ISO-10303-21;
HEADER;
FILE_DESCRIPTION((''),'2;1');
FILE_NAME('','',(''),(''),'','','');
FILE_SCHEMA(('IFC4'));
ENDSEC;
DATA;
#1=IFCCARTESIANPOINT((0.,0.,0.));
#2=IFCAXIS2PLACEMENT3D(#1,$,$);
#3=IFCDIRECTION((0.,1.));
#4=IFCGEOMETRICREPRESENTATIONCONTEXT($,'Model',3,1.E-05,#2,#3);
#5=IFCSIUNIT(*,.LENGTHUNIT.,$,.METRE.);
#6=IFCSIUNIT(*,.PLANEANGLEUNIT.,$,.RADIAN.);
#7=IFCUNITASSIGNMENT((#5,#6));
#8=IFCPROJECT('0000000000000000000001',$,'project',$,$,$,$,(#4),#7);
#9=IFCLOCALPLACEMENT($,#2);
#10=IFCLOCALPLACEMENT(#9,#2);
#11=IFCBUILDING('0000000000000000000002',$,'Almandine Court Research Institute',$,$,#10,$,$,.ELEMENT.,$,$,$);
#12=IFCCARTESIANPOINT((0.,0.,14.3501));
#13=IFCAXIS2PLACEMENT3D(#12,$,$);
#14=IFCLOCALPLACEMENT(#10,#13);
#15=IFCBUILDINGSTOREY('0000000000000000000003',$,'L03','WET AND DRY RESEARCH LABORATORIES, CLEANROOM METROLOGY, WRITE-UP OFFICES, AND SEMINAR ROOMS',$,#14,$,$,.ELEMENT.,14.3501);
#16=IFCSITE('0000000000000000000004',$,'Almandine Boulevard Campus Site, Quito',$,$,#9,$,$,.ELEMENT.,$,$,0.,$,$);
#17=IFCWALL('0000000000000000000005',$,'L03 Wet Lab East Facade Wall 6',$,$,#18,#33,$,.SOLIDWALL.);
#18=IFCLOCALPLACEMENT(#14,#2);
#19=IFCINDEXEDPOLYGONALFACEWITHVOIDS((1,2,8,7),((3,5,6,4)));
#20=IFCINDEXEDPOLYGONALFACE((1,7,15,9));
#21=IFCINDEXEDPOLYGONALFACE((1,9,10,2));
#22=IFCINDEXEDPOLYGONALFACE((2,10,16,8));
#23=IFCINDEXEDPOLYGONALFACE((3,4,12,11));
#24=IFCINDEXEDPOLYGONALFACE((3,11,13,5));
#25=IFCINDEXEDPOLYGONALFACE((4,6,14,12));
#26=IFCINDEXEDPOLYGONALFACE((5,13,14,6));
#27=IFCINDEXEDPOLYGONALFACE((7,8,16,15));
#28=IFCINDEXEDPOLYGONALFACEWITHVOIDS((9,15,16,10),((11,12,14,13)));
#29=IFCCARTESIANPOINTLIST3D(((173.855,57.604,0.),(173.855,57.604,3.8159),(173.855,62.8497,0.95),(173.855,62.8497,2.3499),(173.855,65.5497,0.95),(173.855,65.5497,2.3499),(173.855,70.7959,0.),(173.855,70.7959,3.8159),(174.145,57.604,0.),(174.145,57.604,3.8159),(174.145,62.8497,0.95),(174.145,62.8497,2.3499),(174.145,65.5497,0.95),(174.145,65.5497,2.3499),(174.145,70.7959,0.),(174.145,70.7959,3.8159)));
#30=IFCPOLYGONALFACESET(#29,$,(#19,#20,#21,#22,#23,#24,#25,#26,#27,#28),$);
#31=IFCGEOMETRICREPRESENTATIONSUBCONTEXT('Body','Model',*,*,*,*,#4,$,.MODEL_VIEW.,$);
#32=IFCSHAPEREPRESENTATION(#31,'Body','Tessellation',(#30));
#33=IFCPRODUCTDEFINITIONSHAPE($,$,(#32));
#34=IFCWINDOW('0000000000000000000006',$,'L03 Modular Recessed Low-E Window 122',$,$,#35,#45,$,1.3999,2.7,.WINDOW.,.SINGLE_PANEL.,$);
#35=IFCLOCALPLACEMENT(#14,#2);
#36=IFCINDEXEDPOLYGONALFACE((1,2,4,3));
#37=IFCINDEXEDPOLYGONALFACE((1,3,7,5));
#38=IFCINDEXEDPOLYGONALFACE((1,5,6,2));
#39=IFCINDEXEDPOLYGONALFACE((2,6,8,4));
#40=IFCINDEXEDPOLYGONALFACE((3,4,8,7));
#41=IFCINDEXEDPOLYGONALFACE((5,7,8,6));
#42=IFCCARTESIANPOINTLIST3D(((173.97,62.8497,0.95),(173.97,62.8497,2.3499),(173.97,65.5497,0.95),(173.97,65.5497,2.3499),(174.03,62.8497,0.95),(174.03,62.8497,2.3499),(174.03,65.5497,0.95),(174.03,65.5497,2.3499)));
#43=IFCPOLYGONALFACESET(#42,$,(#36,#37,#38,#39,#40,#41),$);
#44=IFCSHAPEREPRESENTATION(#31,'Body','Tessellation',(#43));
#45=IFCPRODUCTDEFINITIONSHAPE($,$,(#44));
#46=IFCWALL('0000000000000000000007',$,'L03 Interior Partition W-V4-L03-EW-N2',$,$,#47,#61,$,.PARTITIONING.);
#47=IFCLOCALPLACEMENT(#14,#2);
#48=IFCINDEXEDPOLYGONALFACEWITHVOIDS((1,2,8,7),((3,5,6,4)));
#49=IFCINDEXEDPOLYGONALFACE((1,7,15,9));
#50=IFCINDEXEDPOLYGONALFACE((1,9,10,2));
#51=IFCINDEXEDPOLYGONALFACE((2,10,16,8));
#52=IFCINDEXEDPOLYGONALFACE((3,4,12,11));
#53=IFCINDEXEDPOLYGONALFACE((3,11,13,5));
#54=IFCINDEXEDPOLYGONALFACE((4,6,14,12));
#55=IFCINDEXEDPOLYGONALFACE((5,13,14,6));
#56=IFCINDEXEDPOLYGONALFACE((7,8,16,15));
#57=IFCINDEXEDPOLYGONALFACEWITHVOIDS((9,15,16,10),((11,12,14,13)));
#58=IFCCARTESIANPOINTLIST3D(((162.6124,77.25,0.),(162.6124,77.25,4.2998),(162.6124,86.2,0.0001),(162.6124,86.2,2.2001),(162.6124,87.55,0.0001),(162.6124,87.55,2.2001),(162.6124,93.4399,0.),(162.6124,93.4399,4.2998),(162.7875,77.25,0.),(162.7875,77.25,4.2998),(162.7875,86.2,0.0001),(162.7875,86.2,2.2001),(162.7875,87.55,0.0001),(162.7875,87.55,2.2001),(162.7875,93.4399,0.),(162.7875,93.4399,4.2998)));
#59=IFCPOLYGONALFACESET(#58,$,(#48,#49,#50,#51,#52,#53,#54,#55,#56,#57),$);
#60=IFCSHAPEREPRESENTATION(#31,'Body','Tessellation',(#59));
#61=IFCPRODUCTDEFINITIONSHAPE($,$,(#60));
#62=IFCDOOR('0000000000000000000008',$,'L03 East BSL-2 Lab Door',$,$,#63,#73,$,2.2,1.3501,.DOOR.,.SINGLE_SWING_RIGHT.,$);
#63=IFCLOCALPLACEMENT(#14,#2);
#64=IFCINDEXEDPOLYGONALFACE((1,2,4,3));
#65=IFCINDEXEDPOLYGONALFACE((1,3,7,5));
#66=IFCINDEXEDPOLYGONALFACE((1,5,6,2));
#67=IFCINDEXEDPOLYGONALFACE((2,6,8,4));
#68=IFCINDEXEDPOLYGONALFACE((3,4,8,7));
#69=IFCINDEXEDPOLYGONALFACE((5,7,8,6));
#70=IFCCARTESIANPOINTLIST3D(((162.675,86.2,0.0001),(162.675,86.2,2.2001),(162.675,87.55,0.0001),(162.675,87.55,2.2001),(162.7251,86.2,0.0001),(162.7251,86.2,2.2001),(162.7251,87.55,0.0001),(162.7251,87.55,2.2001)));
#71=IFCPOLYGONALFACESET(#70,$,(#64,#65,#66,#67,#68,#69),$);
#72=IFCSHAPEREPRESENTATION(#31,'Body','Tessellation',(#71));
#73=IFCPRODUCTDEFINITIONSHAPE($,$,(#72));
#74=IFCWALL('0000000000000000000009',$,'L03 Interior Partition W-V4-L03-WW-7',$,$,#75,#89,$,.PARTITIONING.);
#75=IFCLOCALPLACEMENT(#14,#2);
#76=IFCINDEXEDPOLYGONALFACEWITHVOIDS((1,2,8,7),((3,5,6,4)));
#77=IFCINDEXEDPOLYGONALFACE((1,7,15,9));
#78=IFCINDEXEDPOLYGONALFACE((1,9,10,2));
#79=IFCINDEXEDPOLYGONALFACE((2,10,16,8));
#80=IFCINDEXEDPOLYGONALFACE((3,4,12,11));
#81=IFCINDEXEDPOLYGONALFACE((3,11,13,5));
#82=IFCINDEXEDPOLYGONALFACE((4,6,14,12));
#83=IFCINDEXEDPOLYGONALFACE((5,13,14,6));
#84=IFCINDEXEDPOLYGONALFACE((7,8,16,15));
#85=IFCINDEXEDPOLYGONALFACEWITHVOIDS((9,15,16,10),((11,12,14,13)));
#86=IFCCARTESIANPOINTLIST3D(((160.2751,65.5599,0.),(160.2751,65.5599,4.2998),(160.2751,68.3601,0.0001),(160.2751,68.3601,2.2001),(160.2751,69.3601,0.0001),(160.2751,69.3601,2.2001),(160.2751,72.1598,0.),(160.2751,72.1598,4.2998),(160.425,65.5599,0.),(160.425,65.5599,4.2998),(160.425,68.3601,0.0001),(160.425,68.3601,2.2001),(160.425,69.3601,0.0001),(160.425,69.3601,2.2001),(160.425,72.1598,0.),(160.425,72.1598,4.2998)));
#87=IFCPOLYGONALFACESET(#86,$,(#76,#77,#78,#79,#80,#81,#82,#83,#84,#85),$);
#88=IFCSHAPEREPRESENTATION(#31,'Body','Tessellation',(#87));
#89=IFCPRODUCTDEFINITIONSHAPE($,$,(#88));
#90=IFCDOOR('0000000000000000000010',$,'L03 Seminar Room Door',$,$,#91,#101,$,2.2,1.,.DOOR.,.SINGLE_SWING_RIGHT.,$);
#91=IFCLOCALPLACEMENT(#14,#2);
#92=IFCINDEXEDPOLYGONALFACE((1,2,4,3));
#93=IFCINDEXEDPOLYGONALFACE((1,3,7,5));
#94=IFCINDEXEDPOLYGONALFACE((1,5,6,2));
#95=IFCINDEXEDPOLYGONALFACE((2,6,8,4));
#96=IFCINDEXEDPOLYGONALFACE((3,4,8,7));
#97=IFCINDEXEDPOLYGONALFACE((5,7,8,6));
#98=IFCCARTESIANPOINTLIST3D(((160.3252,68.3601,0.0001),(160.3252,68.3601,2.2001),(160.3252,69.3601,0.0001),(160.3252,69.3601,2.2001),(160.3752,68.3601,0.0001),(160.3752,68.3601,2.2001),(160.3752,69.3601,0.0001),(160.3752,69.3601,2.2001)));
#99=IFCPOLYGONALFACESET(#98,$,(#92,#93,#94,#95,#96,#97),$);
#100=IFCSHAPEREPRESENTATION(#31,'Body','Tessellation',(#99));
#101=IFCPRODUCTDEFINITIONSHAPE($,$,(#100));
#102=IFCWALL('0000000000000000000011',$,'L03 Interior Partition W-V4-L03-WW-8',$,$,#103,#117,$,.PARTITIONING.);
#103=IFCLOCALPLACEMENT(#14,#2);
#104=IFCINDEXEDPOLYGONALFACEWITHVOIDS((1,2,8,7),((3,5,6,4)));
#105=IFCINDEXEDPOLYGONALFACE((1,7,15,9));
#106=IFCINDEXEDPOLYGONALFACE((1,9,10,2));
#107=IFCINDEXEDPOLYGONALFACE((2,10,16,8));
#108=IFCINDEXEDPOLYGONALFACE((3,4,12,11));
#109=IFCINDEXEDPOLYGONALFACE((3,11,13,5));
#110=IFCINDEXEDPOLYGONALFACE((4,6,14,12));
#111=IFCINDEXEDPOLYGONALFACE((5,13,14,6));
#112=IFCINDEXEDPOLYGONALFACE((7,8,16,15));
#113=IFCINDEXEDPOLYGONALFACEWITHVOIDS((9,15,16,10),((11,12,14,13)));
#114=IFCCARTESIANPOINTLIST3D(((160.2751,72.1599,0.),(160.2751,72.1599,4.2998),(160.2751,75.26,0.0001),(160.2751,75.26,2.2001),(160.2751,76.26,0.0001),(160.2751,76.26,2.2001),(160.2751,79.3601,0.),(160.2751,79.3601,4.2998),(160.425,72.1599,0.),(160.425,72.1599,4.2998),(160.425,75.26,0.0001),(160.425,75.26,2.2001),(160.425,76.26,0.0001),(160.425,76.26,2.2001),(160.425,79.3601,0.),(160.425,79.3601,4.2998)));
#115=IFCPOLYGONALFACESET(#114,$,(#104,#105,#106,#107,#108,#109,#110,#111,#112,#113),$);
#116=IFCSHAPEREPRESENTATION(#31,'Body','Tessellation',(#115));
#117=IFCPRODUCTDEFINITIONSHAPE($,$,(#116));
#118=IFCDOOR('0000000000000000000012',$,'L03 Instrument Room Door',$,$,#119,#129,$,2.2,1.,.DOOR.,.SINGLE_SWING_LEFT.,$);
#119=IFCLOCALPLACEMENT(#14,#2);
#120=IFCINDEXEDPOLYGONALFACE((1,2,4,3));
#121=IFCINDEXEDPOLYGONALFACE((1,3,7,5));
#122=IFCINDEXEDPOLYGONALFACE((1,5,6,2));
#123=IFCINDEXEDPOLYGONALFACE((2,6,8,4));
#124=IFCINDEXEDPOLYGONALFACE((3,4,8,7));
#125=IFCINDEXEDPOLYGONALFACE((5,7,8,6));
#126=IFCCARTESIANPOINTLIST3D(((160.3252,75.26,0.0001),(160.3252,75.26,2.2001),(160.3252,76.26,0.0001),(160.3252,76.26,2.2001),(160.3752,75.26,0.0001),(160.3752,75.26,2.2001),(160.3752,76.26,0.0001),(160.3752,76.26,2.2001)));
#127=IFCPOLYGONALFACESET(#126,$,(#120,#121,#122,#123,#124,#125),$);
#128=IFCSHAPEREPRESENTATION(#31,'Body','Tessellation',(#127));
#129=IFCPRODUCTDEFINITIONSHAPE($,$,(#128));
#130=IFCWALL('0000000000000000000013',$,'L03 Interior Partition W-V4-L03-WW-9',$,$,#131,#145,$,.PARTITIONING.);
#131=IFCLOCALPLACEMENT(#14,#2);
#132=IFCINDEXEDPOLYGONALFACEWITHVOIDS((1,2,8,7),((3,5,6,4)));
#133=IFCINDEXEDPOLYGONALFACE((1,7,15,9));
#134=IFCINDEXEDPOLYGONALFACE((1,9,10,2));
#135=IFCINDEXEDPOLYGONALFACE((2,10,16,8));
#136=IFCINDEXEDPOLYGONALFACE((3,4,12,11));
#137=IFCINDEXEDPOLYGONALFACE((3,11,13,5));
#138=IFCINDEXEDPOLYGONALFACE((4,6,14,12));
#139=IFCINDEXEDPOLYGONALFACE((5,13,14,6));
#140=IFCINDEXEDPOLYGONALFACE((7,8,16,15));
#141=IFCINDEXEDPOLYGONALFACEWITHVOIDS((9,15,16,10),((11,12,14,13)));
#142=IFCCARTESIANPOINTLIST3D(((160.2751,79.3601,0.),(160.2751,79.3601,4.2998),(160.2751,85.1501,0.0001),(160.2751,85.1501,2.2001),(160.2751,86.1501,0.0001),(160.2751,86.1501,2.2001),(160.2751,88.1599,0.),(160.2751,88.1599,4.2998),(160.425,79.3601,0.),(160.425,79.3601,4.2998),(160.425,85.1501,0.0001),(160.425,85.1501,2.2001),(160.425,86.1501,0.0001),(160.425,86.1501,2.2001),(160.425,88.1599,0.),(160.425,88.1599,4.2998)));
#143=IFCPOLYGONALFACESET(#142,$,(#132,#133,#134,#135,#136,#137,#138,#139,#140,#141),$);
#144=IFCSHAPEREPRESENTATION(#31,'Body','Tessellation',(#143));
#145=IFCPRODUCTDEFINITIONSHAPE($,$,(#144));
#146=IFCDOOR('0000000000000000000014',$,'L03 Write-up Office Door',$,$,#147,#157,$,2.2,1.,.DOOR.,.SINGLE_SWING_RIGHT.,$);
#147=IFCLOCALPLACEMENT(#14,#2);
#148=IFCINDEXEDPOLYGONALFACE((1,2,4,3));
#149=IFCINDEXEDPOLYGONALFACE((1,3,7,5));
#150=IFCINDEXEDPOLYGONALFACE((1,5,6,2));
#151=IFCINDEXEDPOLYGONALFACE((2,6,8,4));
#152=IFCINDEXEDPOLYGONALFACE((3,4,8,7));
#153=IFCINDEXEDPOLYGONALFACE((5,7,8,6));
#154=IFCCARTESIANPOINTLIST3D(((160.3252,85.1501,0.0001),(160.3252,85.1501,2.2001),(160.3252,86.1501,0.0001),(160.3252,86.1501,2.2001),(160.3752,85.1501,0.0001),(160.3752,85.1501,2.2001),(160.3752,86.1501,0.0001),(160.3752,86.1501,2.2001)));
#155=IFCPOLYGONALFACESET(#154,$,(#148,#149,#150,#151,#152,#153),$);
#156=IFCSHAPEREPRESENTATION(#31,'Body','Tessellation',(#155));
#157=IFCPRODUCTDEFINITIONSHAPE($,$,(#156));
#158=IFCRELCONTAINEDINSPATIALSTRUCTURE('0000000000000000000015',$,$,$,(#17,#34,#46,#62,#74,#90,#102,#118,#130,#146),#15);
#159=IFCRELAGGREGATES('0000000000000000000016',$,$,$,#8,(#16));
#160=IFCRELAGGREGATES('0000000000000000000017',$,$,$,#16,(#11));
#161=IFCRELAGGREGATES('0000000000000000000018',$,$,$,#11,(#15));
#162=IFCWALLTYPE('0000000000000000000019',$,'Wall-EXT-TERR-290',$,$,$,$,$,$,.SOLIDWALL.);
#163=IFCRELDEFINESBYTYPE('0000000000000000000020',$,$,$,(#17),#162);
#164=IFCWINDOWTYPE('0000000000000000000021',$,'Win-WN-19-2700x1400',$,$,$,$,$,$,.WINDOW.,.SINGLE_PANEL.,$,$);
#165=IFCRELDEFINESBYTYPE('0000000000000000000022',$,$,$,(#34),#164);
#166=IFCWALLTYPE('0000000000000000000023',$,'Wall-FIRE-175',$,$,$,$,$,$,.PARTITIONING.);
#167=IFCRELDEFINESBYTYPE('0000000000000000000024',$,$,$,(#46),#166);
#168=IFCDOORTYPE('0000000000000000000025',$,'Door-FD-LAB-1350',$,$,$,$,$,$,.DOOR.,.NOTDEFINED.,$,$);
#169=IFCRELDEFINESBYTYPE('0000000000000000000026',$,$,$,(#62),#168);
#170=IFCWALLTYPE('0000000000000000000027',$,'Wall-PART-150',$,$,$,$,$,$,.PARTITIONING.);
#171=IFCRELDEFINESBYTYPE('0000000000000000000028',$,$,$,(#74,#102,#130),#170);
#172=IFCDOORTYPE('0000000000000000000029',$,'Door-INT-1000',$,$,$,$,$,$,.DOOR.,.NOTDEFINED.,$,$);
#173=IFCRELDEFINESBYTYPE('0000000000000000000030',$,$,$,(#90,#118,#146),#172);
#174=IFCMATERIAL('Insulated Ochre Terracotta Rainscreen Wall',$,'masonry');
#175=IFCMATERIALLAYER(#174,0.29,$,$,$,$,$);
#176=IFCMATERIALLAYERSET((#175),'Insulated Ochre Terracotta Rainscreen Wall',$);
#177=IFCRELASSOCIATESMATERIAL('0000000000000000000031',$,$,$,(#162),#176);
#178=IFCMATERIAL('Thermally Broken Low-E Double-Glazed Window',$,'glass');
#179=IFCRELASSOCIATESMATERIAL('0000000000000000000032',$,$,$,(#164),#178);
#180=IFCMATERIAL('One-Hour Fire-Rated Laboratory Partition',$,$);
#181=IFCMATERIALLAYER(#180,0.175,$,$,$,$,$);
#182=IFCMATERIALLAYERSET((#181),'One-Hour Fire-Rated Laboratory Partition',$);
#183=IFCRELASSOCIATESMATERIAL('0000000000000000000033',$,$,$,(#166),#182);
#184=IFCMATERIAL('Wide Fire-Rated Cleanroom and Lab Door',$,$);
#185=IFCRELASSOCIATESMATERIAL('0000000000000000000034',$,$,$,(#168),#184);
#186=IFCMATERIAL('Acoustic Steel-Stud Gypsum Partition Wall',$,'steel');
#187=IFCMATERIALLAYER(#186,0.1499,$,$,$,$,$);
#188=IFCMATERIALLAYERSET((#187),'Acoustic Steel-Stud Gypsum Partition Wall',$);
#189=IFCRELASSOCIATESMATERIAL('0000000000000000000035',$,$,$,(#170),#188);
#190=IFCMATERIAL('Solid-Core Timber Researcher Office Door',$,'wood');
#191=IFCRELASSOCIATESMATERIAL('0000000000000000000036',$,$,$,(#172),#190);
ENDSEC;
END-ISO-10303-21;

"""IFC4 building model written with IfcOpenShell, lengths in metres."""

from ifc_helpers import new_model, si_unit, direction, frame, frame_2d, origin, place, context, subcontext, project, spatial, rectangle, extrude, material, layer, layer_set, type_object, element, fill, save


model = new_model("IFC4")

# Units and contexts
model_context = context("Model", 3, precision=1e-05, world=origin(), true_north=direction((0.0, 1.0)))
body_context = subcontext(model_context, "Body", "Model", "MODEL_VIEW")
ifc_project = project(units=[si_unit("LENGTHUNIT", "METRE"), si_unit("PLANEANGLEUNIT", "RADIAN")], contexts=[model_context])

# Site, building, storey
site_placement = place(None, origin())
site = spatial("IfcSite", under=ifc_project, at=site_placement, Name="Almandine Boulevard Campus Site, Quito", CompositionType="ELEMENT", RefElevation=0.0)
building_placement = place(site_placement, origin())
building = spatial("IfcBuilding", under=site, at=building_placement, Name="Almandine Court Research Institute", CompositionType="ELEMENT")
storey_placement = place(building_placement, frame((0.0, 0.0, 14.3501)))
storey = spatial("IfcBuildingStorey", under=building, at=storey_placement, Name="L03", Description="WET AND DRY RESEARCH LABORATORIES, CLEANROOM METROLOGY, WRITE-UP OFFICES, AND SEMINAR ROOMS", CompositionType="ELEMENT", Elevation=14.3501)

# Wall, opening, window
ifc_material_1 = material(Name="Insulated Ochre Terracotta Rainscreen Wall", Category="masonry")
ifc_layer_1 = layer(ifc_material_1, 0.29)
ifc_layer_set_1 = layer_set([ifc_layer_1], Name="Insulated Ochre Terracotta Rainscreen Wall")
wall_type_1 = type_object("IfcWallType", Name="Wall-EXT-TERR-290", PredefinedType="SOLIDWALL", material=ifc_layer_set_1)
wall_1_placement = place(storey_placement, frame((174.0, 70.7959, 0.0), z_axis=(0.0, 0.0, 1.0), x_axis=(0.0, -1.0, 0.0)))
wall_1 = element("IfcWall", 1, at=wall_1_placement, inside=storey, type_object=wall_type_1, Name="L03 Wet Lab East Facade Wall 6", PredefinedType="SOLIDWALL", context=body_context, shape_type="SweptSolid", body=[
    extrude(rectangle(XDim=13.1919, YDim=0.29, at=frame_2d((6.5959, 0.0))), origin(), (0.0, 0.0, 1.0), 3.8159),
])
opening_1_placement = place(wall_1_placement, frame((5.2461, 0.0, 0.95)))
opening_1 = element("IfcOpeningElement", 2, at=opening_1_placement, cuts=wall_1, PredefinedType="OPENING", context=body_context, shape_type="SweptSolid", body=[
    extrude(rectangle(XDim=2.7, YDim=1.3999, at=frame_2d((1.3501, 0.7))), frame((0.0, 0.155, 0.0), z_axis=(0.0, -1.0, 0.0), x_axis=(1.0, 0.0, 0.0)), (0.0, 0.0, 1.0), 0.3101),
])
ifc_material_2 = material(Name="Thermally Broken Low-E Double-Glazed Window", Category="glass")
window_type = type_object("IfcWindowType", Name="Win-WN-19-2700x1400", PartitioningType="SINGLE_PANEL", PredefinedType="WINDOW", material=ifc_material_2)
window_placement = place(opening_1_placement, origin())
window = element("IfcWindow", 3, at=window_placement, inside=storey, type_object=window_type, Name="L03 Modular Recessed Low-E Window 122", OverallHeight=1.3999, OverallWidth=2.7, PartitioningType="SINGLE_PANEL", PredefinedType="WINDOW", context=body_context, shape_type="SweptSolid", body=[
    extrude(rectangle(XDim=2.7, YDim=1.3999, at=frame_2d((1.3501, 0.7))), frame((0.0, 0.03, 0.0), z_axis=(0.0, -1.0, 0.0), x_axis=(1.0, 0.0, 0.0)), (0.0, 0.0, 1.0), 0.0601),
])
fill(opening_1, window)

# Walls, openings, doors
ifc_material_3 = material(Name="One-Hour Fire-Rated Laboratory Partition")
ifc_layer_2 = layer(ifc_material_3, 0.175)
ifc_layer_set_2 = layer_set([ifc_layer_2], Name="One-Hour Fire-Rated Laboratory Partition")
wall_type_2 = type_object("IfcWallType", Name="Wall-FIRE-175", PredefinedType="PARTITIONING", material=ifc_layer_set_2)
wall_2_placement = place(storey_placement, frame((162.7, 77.25, 0.0), z_axis=(0.0, 0.0, 1.0), x_axis=(0.0, 1.0, 0.0)))
wall_2 = element("IfcWall", 4, at=wall_2_placement, inside=storey, type_object=wall_type_2, Name="L03 Interior Partition W-V4-L03-EW-N2", PredefinedType="PARTITIONING", context=body_context, shape_type="SweptSolid", body=[
    extrude(rectangle(XDim=16.1899, YDim=0.175, at=frame_2d((8.095, 0.0))), origin(), (0.0, 0.0, 1.0), 4.2998),
])
opening_2_placement = place(wall_2_placement, frame((8.95, 0.0, 0.0)))
opening_2 = element("IfcOpeningElement", 5, at=opening_2_placement, cuts=wall_2, PredefinedType="OPENING", context=body_context, shape_type="SweptSolid", body=[
    extrude(rectangle(XDim=1.3501, YDim=2.2, at=frame_2d((0.675, 1.1001))), frame((0.0, 0.0974, 0.0), z_axis=(0.0, -1.0, 0.0), x_axis=(1.0, 0.0, 0.0)), (0.0, 0.0, 1.0), 0.1951),
])
ifc_material_4 = material(Name="Wide Fire-Rated Cleanroom and Lab Door")
door_type_1 = type_object("IfcDoorType", Name="Door-FD-LAB-1350", OperationType="NOTDEFINED", PredefinedType="DOOR", material=ifc_material_4)
door_1_placement = place(opening_2_placement, origin())
door_1 = element("IfcDoor", 6, at=door_1_placement, inside=storey, type_object=door_type_1, Name="L03 East BSL-2 Lab Door", OperationType="SINGLE_SWING_RIGHT", OverallHeight=2.2, OverallWidth=1.3501, PredefinedType="DOOR", context=body_context, shape_type="SweptSolid", body=[
    extrude(rectangle(XDim=1.3501, YDim=2.2, at=frame_2d((0.675, 1.1001))), frame((0.0, 0.0249, 0.0), z_axis=(0.0, -1.0, 0.0), x_axis=(1.0, 0.0, 0.0)), (0.0, 0.0, 1.0), 0.05),
])
fill(opening_2, door_1)
ifc_material_5 = material(Name="Acoustic Steel-Stud Gypsum Partition Wall", Category="steel")
ifc_layer_3 = layer(ifc_material_5, 0.1499)
ifc_layer_set_3 = layer_set([ifc_layer_3], Name="Acoustic Steel-Stud Gypsum Partition Wall")
wall_type_3 = type_object("IfcWallType", Name="Wall-PART-150", PredefinedType="PARTITIONING", material=ifc_layer_set_3)
wall_3_placement = place(storey_placement, frame((160.3501, 65.5601, 0.0), z_axis=(0.0, 0.0, 1.0), x_axis=(0.0, 1.0, 0.0)))
wall_3 = element("IfcWall", 7, at=wall_3_placement, inside=storey, type_object=wall_type_3, Name="L03 Interior Partition W-V4-L03-WW-7", PredefinedType="PARTITIONING", context=body_context, shape_type="SweptSolid", body=[
    extrude(rectangle(XDim=6.5999, YDim=0.1499, at=frame_2d((3.2998, 0.0))), origin(), (0.0, 0.0, 1.0), 4.2998),
])
opening_3_placement = place(wall_3_placement, frame((2.8, 0.0, 0.0)))
opening_3 = element("IfcOpeningElement", 8, at=opening_3_placement, cuts=wall_3, PredefinedType="OPENING", context=body_context, shape_type="SweptSolid", body=[
    extrude(rectangle(XDim=1.0, YDim=2.2, at=frame_2d((0.5, 1.1001))), frame((0.0, 0.085, 0.0), z_axis=(0.0, -1.0, 0.0), x_axis=(1.0, 0.0, 0.0)), (0.0, 0.0, 1.0), 0.1699),
])
ifc_material_6 = material(Name="Solid-Core Timber Researcher Office Door", Category="wood")
door_type_2 = type_object("IfcDoorType", Name="Door-INT-1000", OperationType="NOTDEFINED", PredefinedType="DOOR", material=ifc_material_6)
door_2_placement = place(opening_3_placement, origin())
door_2 = element("IfcDoor", 9, at=door_2_placement, inside=storey, type_object=door_type_2, Name="L03 Seminar Room Door", OperationType="SINGLE_SWING_RIGHT", OverallHeight=2.2, OverallWidth=1.0, PredefinedType="DOOR", context=body_context, shape_type="SweptSolid", body=[
    extrude(rectangle(XDim=1.0, YDim=2.2, at=frame_2d((0.5, 1.1001))), frame((0.0, 0.0249, 0.0), z_axis=(0.0, -1.0, 0.0), x_axis=(1.0, 0.0, 0.0)), (0.0, 0.0, 1.0), 0.05),
])
fill(opening_3, door_2)
wall_4_placement = place(storey_placement, frame((160.3501, 72.1599, 0.0), z_axis=(0.0, 0.0, 1.0), x_axis=(0.0, 1.0, 0.0)))
wall_4 = element("IfcWall", 10, at=wall_4_placement, inside=storey, type_object=wall_type_3, Name="L03 Interior Partition W-V4-L03-WW-8", PredefinedType="PARTITIONING", context=body_context, shape_type="SweptSolid", body=[
    extrude(rectangle(XDim=7.2002, YDim=0.1499, at=frame_2d((3.6001, 0.0))), origin(), (0.0, 0.0, 1.0), 4.2998),
])
opening_4_placement = place(wall_4_placement, frame((3.1001, 0.0, 0.0)))
opening_4 = element("IfcOpeningElement", 11, at=opening_4_placement, cuts=wall_4, PredefinedType="OPENING", context=body_context, shape_type="SweptSolid", body=[
    extrude(rectangle(XDim=1.0, YDim=2.2, at=frame_2d((0.5, 1.1001))), frame((0.0, 0.085, 0.0), z_axis=(0.0, -1.0, 0.0), x_axis=(1.0, 0.0, 0.0)), (0.0, 0.0, 1.0), 0.1699),
])
door_3_placement = place(opening_4_placement, origin())
door_3 = element("IfcDoor", 12, at=door_3_placement, inside=storey, type_object=door_type_2, Name="L03 Instrument Room Door", OperationType="SINGLE_SWING_LEFT", OverallHeight=2.2, OverallWidth=1.0, PredefinedType="DOOR", context=body_context, shape_type="SweptSolid", body=[
    extrude(rectangle(XDim=1.0, YDim=2.2, at=frame_2d((0.5, 1.1001))), frame((0.0, 0.0249, 0.0), z_axis=(0.0, -1.0, 0.0), x_axis=(1.0, 0.0, 0.0)), (0.0, 0.0, 1.0), 0.05),
])
fill(opening_4, door_3)
wall_5_placement = place(storey_placement, frame((160.3501, 79.3601, 0.0), z_axis=(0.0, 0.0, 1.0), x_axis=(0.0, 1.0, 0.0)))
wall_5 = element("IfcWall", 13, at=wall_5_placement, inside=storey, type_object=wall_type_3, Name="L03 Interior Partition W-V4-L03-WW-9", PredefinedType="PARTITIONING", context=body_context, shape_type="SweptSolid", body=[
    extrude(rectangle(XDim=8.7998, YDim=0.1499, at=frame_2d((4.3999, 0.0))), origin(), (0.0, 0.0, 1.0), 4.2998),
])
opening_5_placement = place(wall_5_placement, frame((5.79, 0.0, 0.0)))
opening_5 = element("IfcOpeningElement", 14, at=opening_5_placement, cuts=wall_5, PredefinedType="OPENING", context=body_context, shape_type="SweptSolid", body=[
    extrude(rectangle(XDim=1.0, YDim=2.2, at=frame_2d((0.5, 1.1001))), frame((0.0, 0.085, 0.0), z_axis=(0.0, -1.0, 0.0), x_axis=(1.0, 0.0, 0.0)), (0.0, 0.0, 1.0), 0.1699),
])
door_4_placement = place(opening_5_placement, origin())
door_4 = element("IfcDoor", 15, at=door_4_placement, inside=storey, type_object=door_type_2, Name="L03 Write-up Office Door", OperationType="SINGLE_SWING_RIGHT", OverallHeight=2.2, OverallWidth=1.0, PredefinedType="DOOR", context=body_context, shape_type="SweptSolid", body=[
    extrude(rectangle(XDim=1.0, YDim=2.2, at=frame_2d((0.5, 1.1001))), frame((0.0, 0.0249, 0.0), z_axis=(0.0, -1.0, 0.0), x_axis=(1.0, 0.0, 0.0)), (0.0, 0.0, 1.0), 0.05),
])
fill(opening_5, door_4)

save(model, "model.ifc")
